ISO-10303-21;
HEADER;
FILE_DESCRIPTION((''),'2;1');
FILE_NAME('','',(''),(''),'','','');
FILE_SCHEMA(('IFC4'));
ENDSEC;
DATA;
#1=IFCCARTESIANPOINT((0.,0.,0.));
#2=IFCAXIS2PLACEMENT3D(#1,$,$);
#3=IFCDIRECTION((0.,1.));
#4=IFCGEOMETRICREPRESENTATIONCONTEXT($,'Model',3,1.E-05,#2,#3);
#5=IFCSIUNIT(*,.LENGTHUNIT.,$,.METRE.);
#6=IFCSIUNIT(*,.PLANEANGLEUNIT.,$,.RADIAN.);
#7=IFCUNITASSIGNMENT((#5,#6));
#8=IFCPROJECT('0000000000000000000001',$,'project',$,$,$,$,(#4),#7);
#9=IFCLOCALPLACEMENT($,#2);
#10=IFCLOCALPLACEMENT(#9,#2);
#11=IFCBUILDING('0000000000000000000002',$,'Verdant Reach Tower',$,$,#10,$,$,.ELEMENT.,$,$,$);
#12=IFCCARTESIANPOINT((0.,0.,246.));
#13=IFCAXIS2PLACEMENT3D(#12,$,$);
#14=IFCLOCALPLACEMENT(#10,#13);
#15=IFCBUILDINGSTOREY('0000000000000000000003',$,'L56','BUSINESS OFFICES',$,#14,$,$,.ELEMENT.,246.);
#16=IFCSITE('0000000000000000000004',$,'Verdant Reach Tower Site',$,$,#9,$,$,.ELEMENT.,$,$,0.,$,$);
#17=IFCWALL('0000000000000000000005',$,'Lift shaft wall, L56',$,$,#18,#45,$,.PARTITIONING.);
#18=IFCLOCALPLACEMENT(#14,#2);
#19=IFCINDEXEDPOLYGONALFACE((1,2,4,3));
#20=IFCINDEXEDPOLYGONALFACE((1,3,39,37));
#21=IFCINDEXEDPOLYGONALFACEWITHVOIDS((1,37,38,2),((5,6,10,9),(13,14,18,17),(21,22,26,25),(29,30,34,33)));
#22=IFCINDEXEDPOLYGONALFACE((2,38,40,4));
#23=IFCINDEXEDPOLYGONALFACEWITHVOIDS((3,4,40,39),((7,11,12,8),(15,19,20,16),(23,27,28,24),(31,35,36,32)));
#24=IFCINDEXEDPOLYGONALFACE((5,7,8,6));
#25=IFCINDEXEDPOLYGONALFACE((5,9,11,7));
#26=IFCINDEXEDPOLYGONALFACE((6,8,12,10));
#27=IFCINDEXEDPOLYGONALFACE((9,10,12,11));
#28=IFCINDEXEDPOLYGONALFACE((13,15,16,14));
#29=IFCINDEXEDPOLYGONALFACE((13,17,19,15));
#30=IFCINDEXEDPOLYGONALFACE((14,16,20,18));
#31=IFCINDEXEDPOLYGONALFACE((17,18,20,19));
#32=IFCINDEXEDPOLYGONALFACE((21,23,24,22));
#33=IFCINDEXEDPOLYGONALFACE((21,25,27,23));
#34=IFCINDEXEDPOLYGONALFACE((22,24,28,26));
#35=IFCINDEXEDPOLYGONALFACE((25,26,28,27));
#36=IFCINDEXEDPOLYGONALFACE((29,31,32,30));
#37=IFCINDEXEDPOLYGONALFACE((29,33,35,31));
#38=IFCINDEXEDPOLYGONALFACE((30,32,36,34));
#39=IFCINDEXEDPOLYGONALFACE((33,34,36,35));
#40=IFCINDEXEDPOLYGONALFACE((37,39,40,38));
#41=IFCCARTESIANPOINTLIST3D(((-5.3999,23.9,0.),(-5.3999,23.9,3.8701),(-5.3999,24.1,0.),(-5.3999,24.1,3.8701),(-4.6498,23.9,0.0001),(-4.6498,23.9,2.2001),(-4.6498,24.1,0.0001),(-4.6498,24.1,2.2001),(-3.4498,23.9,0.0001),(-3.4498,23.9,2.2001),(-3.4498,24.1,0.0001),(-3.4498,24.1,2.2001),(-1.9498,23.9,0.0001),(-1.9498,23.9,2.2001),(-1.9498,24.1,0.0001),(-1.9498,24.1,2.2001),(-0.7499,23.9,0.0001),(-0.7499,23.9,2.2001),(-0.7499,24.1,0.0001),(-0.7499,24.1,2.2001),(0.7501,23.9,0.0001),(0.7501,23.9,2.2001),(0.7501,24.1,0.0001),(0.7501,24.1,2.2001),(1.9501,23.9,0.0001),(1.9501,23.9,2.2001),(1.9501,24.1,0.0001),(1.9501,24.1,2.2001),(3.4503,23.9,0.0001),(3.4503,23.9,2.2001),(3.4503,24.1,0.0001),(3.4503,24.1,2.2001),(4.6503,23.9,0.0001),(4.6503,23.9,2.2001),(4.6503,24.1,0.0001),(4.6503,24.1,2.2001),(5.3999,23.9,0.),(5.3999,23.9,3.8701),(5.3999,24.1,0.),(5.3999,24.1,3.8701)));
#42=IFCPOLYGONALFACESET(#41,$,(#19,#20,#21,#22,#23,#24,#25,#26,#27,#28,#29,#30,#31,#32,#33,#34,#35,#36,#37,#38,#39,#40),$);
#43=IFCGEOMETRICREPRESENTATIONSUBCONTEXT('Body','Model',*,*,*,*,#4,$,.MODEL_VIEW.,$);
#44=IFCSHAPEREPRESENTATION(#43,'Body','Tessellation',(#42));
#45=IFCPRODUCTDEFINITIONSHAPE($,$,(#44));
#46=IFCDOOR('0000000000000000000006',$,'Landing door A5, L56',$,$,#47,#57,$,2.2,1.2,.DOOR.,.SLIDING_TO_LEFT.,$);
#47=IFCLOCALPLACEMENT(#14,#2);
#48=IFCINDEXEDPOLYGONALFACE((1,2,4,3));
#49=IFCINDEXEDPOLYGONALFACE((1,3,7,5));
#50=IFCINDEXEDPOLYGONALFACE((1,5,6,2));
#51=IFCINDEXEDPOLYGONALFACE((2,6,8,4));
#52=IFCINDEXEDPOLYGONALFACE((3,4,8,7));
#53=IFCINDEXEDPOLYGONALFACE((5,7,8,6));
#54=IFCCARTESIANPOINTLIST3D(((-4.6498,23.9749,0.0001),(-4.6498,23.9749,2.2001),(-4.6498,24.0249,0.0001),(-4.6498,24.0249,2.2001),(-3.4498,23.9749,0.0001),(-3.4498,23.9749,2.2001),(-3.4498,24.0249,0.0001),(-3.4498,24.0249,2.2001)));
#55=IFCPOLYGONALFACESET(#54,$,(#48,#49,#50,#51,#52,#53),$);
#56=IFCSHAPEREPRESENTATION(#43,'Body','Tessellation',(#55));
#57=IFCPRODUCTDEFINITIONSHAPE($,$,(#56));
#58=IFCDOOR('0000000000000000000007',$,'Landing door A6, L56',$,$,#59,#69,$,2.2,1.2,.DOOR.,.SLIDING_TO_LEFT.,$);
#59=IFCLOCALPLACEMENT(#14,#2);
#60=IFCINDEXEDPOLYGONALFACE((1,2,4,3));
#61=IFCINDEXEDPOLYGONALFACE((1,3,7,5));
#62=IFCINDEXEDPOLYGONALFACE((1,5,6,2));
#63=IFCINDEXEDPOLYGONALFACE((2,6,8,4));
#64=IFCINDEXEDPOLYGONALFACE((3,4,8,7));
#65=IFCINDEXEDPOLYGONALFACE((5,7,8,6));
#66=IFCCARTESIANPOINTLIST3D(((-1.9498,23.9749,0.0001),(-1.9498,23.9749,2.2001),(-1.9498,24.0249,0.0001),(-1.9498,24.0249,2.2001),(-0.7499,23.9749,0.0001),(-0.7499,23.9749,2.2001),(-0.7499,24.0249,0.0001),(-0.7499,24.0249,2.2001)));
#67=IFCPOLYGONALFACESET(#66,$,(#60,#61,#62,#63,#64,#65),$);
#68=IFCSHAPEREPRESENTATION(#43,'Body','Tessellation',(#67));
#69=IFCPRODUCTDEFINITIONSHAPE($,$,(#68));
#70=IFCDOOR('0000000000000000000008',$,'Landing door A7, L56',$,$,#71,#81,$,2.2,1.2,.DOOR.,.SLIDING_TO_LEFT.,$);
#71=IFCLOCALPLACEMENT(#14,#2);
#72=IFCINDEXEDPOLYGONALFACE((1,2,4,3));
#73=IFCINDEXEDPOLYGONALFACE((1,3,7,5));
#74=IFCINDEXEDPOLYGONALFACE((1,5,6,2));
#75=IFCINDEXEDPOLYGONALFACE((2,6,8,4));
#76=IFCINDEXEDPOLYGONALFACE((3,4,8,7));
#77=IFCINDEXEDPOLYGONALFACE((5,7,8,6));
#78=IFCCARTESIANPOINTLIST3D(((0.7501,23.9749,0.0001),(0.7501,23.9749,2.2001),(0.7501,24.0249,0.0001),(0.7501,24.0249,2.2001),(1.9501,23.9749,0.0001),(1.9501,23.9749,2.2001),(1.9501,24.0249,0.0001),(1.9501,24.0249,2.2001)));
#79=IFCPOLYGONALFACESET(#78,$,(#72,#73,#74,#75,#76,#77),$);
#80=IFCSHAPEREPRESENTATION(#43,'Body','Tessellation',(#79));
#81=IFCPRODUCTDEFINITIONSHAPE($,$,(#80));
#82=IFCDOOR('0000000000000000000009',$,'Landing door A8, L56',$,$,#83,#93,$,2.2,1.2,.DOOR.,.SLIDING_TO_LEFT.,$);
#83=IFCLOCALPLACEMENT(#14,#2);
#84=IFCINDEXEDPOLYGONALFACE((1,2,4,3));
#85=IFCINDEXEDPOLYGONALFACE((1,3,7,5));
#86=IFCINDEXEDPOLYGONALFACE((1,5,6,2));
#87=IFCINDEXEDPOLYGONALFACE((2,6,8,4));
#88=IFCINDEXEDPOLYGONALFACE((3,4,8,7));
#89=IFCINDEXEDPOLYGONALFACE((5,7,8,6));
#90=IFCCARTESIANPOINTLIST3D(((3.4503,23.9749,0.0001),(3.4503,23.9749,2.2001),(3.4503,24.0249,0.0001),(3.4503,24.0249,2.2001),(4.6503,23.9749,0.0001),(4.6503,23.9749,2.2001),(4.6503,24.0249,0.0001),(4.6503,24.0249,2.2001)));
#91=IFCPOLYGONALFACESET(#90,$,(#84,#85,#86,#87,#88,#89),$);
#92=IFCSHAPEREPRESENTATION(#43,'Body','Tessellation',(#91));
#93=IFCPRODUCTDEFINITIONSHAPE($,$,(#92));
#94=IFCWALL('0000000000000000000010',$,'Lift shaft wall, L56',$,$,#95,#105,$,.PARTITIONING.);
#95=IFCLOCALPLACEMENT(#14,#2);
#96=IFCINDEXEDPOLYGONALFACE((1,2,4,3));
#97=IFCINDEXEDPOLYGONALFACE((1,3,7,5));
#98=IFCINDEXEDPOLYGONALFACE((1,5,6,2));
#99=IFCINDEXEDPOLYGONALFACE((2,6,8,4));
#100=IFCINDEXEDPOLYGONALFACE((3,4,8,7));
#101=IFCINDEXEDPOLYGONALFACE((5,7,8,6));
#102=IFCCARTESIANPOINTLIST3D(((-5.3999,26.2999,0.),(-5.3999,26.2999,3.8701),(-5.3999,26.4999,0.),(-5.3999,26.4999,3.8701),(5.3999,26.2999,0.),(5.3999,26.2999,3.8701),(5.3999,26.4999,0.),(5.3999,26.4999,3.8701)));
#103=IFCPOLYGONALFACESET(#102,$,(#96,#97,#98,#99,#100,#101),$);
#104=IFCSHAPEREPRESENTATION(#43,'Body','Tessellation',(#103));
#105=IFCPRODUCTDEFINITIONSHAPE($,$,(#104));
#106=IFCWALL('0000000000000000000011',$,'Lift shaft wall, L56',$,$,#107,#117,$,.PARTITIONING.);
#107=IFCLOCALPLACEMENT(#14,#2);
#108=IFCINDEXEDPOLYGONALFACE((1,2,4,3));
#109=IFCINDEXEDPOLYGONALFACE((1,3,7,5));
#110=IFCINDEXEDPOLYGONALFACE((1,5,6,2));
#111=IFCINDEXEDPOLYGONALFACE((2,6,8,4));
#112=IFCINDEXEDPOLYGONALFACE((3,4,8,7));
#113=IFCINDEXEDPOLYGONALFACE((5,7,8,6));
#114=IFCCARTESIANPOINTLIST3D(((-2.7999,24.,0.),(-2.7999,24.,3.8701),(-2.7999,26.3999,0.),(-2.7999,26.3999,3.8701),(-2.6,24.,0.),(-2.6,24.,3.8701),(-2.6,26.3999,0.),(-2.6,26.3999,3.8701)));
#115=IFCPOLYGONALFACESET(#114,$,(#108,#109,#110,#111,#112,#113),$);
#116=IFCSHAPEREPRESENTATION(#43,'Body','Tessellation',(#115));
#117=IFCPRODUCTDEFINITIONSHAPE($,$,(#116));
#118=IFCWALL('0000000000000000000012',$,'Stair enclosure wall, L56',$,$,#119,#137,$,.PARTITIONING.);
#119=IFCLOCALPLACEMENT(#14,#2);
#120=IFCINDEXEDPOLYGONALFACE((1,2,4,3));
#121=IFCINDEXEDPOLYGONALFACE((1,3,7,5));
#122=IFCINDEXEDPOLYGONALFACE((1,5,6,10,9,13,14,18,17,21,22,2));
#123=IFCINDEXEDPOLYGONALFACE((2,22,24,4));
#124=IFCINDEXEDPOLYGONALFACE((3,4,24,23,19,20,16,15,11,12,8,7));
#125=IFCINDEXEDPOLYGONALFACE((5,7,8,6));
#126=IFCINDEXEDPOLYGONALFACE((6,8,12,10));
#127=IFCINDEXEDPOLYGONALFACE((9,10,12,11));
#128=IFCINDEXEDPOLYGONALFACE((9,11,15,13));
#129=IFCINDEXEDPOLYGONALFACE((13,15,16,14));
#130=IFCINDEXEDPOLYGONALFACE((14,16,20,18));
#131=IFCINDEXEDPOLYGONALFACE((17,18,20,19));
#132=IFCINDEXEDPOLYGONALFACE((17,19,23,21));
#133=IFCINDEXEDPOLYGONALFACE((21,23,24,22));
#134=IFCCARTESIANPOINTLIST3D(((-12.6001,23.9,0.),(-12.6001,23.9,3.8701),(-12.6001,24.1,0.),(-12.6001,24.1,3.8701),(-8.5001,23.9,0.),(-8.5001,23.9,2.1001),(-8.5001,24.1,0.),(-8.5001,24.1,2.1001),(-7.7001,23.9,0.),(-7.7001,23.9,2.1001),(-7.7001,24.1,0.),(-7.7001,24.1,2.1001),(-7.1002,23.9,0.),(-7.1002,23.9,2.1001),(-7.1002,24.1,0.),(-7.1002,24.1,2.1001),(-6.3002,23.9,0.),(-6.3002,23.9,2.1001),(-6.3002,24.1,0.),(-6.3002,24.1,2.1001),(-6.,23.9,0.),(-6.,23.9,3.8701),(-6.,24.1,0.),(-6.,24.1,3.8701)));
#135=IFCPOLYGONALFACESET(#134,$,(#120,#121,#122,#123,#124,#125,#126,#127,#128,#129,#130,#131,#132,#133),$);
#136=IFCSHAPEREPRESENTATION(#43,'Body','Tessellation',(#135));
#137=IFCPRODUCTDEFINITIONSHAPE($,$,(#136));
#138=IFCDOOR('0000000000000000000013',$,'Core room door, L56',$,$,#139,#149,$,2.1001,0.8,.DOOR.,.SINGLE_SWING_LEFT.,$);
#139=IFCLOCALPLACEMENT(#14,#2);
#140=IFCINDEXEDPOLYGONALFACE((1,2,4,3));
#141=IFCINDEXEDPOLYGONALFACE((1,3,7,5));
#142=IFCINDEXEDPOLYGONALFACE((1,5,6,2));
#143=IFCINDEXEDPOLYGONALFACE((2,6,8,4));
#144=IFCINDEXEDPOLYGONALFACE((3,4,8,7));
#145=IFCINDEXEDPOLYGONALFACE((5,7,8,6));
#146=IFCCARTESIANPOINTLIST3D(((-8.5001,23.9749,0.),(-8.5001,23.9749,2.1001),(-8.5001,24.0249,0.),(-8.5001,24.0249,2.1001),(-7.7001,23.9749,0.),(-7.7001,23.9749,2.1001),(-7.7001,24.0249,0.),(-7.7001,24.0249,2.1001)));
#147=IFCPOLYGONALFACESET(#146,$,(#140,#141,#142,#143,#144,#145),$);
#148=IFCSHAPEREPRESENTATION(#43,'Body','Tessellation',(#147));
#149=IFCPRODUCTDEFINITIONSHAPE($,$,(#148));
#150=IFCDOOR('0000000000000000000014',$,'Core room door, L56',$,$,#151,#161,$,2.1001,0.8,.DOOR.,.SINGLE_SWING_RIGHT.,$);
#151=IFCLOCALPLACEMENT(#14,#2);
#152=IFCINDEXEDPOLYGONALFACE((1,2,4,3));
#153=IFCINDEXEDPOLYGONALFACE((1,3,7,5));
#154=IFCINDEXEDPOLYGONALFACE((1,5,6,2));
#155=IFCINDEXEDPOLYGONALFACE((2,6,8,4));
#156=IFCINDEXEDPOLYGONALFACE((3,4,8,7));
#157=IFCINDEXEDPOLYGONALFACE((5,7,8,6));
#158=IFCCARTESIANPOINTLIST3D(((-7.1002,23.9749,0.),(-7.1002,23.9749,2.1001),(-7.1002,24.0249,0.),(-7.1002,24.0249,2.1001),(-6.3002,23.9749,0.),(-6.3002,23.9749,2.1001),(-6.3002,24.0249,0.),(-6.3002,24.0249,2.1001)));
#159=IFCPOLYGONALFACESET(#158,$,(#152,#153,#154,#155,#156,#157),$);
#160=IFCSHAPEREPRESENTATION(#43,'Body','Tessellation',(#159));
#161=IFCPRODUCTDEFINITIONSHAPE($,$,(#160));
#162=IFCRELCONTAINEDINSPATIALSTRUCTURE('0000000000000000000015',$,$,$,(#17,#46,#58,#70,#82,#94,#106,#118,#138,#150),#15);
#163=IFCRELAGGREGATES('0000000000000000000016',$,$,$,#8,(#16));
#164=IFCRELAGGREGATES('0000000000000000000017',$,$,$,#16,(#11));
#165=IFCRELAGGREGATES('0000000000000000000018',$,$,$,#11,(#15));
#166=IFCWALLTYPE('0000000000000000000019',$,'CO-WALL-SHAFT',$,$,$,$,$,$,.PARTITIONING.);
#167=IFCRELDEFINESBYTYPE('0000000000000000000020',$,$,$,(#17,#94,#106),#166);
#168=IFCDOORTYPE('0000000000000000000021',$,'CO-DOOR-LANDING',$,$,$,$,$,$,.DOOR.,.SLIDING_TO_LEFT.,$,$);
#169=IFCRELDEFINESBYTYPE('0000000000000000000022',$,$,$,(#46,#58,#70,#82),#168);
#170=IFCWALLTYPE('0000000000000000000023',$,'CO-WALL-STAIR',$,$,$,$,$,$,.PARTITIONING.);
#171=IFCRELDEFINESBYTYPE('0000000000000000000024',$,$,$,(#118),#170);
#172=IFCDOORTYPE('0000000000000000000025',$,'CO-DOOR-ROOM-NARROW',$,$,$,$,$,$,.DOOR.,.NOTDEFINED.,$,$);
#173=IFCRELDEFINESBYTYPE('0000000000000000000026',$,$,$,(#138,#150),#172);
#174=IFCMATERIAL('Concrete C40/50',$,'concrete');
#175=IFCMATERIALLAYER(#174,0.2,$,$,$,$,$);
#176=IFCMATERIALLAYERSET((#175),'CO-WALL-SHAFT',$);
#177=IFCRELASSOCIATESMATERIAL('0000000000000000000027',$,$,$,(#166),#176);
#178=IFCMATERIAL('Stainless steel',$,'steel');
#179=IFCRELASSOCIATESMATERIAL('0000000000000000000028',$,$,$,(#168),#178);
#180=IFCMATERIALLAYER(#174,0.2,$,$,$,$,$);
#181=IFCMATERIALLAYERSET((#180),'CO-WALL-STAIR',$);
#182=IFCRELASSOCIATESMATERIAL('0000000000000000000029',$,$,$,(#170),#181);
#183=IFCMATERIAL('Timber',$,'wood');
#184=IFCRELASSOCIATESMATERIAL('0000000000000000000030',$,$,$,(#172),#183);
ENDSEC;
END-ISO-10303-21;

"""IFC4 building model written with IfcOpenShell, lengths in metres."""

from ifc_helpers import new_model, si_unit, direction, frame, frame_2d, origin, place, context, subcontext, project, spatial, rectangle, extrude, material, layer, layer_set, type_object, element, fill, save


model = new_model("IFC4")

# Units and contexts
model_context = context("Model", 3, precision=1e-05, world=origin(), true_north=direction((0.0, 1.0)))
body_context = subcontext(model_context, "Body", "Model", "MODEL_VIEW")
ifc_project = project(units=[si_unit("LENGTHUNIT", "METRE"), si_unit("PLANEANGLEUNIT", "RADIAN")], contexts=[model_context])

# Site, building, storey
site_placement = place(None, origin())
site = spatial("IfcSite", under=ifc_project, at=site_placement, Name="Verdant Reach Tower Site", CompositionType="ELEMENT", RefElevation=0.0)
building_placement = place(site_placement, origin())
building = spatial("IfcBuilding", under=site, at=building_placement, Name="Verdant Reach Tower", CompositionType="ELEMENT")
storey_placement = place(building_placement, frame((0.0, 0.0, 246.0)))
storey = spatial("IfcBuildingStorey", under=building, at=storey_placement, Name="L56", Description="BUSINESS OFFICES", CompositionType="ELEMENT", Elevation=246.0)

# Wall, openings, doors
ifc_material_1 = material(Name="Concrete C40/50", Category="concrete")
ifc_layer_1 = layer(ifc_material_1, 0.2)
ifc_layer_set_1 = layer_set([ifc_layer_1], Name="CO-WALL-SHAFT")
wall_type_1 = type_object("IfcWallType", Name="CO-WALL-SHAFT", PredefinedType="PARTITIONING", material=ifc_layer_set_1)
ifc_material_2 = material(Name="Stainless steel", Category="steel")
door_type_1 = type_object("IfcDoorType", Name="CO-DOOR-LANDING", OperationType="SLIDING_TO_LEFT", PredefinedType="DOOR", material=ifc_material_2)
wall_1_placement = place(storey_placement, frame((-5.3999, 24.0, 0.0), z_axis=(0.0, 0.0, 1.0), x_axis=(1.0, 0.0, 0.0)))
wall_1 = element("IfcWall", 1, at=wall_1_placement, inside=storey, type_object=wall_type_1, Name="Lift shaft wall, L56", PredefinedType="PARTITIONING", context=body_context, shape_type="SweptSolid", body=[
    extrude(rectangle(XDim=10.7998, YDim=0.2, at=frame_2d((5.3999, 0.0))), origin(), (0.0, 0.0, 1.0), 3.8701),
])
opening_1_placement = place(wall_1_placement, frame((0.75, 0.0, 0.0)))
opening_1 = element("IfcOpeningElement", 2, at=opening_1_placement, cuts=wall_1, PredefinedType="OPENING", context=body_context, shape_type="SweptSolid", body=[
    extrude(rectangle(XDim=1.2, YDim=2.2, at=frame_2d((0.6001, 1.1001))), frame((0.0, 0.1099, 0.0), z_axis=(0.0, -1.0, 0.0), x_axis=(1.0, 0.0, 0.0)), (0.0, 0.0, 1.0), 0.22),
])
opening_2_placement = place(wall_1_placement, frame((3.45, 0.0, 0.0)))
opening_2 = element("IfcOpeningElement", 3, at=opening_2_placement, cuts=wall_1, PredefinedType="OPENING", context=body_context, shape_type="SweptSolid", body=[
    extrude(rectangle(XDim=1.2, YDim=2.2, at=frame_2d((0.6001, 1.1001))), frame((0.0, 0.1099, 0.0), z_axis=(0.0, -1.0, 0.0), x_axis=(1.0, 0.0, 0.0)), (0.0, 0.0, 1.0), 0.22),
])
opening_3_placement = place(wall_1_placement, frame((6.1499, 0.0, 0.0)))
opening_3 = element("IfcOpeningElement", 4, at=opening_3_placement, cuts=wall_1, PredefinedType="OPENING", context=body_context, shape_type="SweptSolid", body=[
    extrude(rectangle(XDim=1.2, YDim=2.2, at=frame_2d((0.6001, 1.1001))), frame((0.0, 0.1099, 0.0), z_axis=(0.0, -1.0, 0.0), x_axis=(1.0, 0.0, 0.0)), (0.0, 0.0, 1.0), 0.22),
])
opening_4_placement = place(wall_1_placement, frame((8.8501, 0.0, 0.0)))
opening_4 = element("IfcOpeningElement", 5, at=opening_4_placement, cuts=wall_1, PredefinedType="OPENING", context=body_context, shape_type="SweptSolid", body=[
    extrude(rectangle(XDim=1.2, YDim=2.2, at=frame_2d((0.6001, 1.1001))), frame((0.0, 0.1099, 0.0), z_axis=(0.0, -1.0, 0.0), x_axis=(1.0, 0.0, 0.0)), (0.0, 0.0, 1.0), 0.22),
])
door_1_placement = place(opening_1_placement, origin())
door_1 = element("IfcDoor", 6, at=door_1_placement, inside=storey, type_object=door_type_1, Name="Landing door A5, L56", OperationType="SLIDING_TO_LEFT", OverallHeight=2.2, OverallWidth=1.2, PredefinedType="DOOR", context=body_context, shape_type="SweptSolid", body=[
    extrude(rectangle(XDim=1.2, YDim=2.2, at=frame_2d((0.6001, 1.1001))), frame((0.0, 0.0249, 0.0), z_axis=(0.0, -1.0, 0.0), x_axis=(1.0, 0.0, 0.0)), (0.0, 0.0, 1.0), 0.05),
])
fill(opening_1, door_1)
door_2_placement = place(opening_2_placement, origin())
door_2 = element("IfcDoor", 7, at=door_2_placement, inside=storey, type_object=door_type_1, Name="Landing door A6, L56", OperationType="SLIDING_TO_LEFT", OverallHeight=2.2, OverallWidth=1.2, PredefinedType="DOOR", context=body_context, shape_type="SweptSolid", body=[
    extrude(rectangle(XDim=1.2, YDim=2.2, at=frame_2d((0.6001, 1.1001))), frame((0.0, 0.0249, 0.0), z_axis=(0.0, -1.0, 0.0), x_axis=(1.0, 0.0, 0.0)), (0.0, 0.0, 1.0), 0.05),
])
fill(opening_2, door_2)
door_3_placement = place(opening_3_placement, origin())
door_3 = element("IfcDoor", 8, at=door_3_placement, inside=storey, type_object=door_type_1, Name="Landing door A7, L56", OperationType="SLIDING_TO_LEFT", OverallHeight=2.2, OverallWidth=1.2, PredefinedType="DOOR", context=body_context, shape_type="SweptSolid", body=[
    extrude(rectangle(XDim=1.2, YDim=2.2, at=frame_2d((0.6001, 1.1001))), frame((0.0, 0.0249, 0.0), z_axis=(0.0, -1.0, 0.0), x_axis=(1.0, 0.0, 0.0)), (0.0, 0.0, 1.0), 0.05),
])
fill(opening_3, door_3)
door_4_placement = place(opening_4_placement, origin())
door_4 = element("IfcDoor", 9, at=door_4_placement, inside=storey, type_object=door_type_1, Name="Landing door A8, L56", OperationType="SLIDING_TO_LEFT", OverallHeight=2.2, OverallWidth=1.2, PredefinedType="DOOR", context=body_context, shape_type="SweptSolid", body=[
    extrude(rectangle(XDim=1.2, YDim=2.2, at=frame_2d((0.6001, 1.1001))), frame((0.0, 0.0249, 0.0), z_axis=(0.0, -1.0, 0.0), x_axis=(1.0, 0.0, 0.0)), (0.0, 0.0, 1.0), 0.05),
])
fill(opening_4, door_4)

# Walls
wall_2_placement = place(storey_placement, frame((-5.3999, 26.3999, 0.0), z_axis=(0.0, 0.0, 1.0), x_axis=(1.0, 0.0, 0.0)))
element("IfcWall", 10, at=wall_2_placement, inside=storey, type_object=wall_type_1, Name="Lift shaft wall, L56", PredefinedType="PARTITIONING", context=body_context, shape_type="SweptSolid", body=[
    extrude(rectangle(XDim=10.7998, YDim=0.2, at=frame_2d((5.3999, 0.0))), origin(), (0.0, 0.0, 1.0), 3.8701),
])
wall_3_placement = place(storey_placement, frame((-2.7, 24.0, 0.0), z_axis=(0.0, 0.0, 1.0), x_axis=(0.0, 1.0, 0.0)))
element("IfcWall", 11, at=wall_3_placement, inside=storey, type_object=wall_type_1, Name="Lift shaft wall, L56", PredefinedType="PARTITIONING", context=body_context, shape_type="SweptSolid", body=[
    extrude(rectangle(XDim=2.3999, YDim=0.2, at=frame_2d((1.2, 0.0))), origin(), (0.0, 0.0, 1.0), 3.8701),
])

# Wall, openings, doors
ifc_layer_2 = layer(ifc_material_1, 0.2)
ifc_layer_set_2 = layer_set([ifc_layer_2], Name="CO-WALL-STAIR")
wall_type_2 = type_object("IfcWallType", Name="CO-WALL-STAIR", PredefinedType="PARTITIONING", material=ifc_layer_set_2)
wall_4_placement = place(storey_placement, frame((-12.6001, 24.0, 0.0), z_axis=(0.0, 0.0, 1.0), x_axis=(1.0, 0.0, 0.0)))
wall_4 = element("IfcWall", 12, at=wall_4_placement, inside=storey, type_object=wall_type_2, Name="Stair enclosure wall, L56", PredefinedType="PARTITIONING", context=body_context, shape_type="SweptSolid", body=[
    extrude(rectangle(XDim=6.6001, YDim=0.2, at=frame_2d((3.3, 0.0))), origin(), (0.0, 0.0, 1.0), 3.8701),
])
opening_5_placement = place(wall_4_placement, frame((4.1001, 0.0, 0.0)))
opening_5 = element("IfcOpeningElement", 13, at=opening_5_placement, cuts=wall_4, PredefinedType="OPENING", context=body_context, shape_type="SweptSolid", body=[
    extrude(rectangle(XDim=0.8, YDim=2.1001, at=frame_2d((0.3999, 1.05))), frame((0.0, 0.1099, 0.0), z_axis=(0.0, -1.0, 0.0), x_axis=(1.0, 0.0, 0.0)), (0.0, 0.0, 1.0), 0.22),
])
opening_6_placement = place(wall_4_placement, frame((5.5, 0.0, 0.0)))
opening_6 = element("IfcOpeningElement", 14, at=opening_6_placement, cuts=wall_4, PredefinedType="OPENING", context=body_context, shape_type="SweptSolid", body=[
    extrude(rectangle(XDim=0.8, YDim=2.1001, at=frame_2d((0.3999, 1.05))), frame((0.0, 0.1099, 0.0), z_axis=(0.0, -1.0, 0.0), x_axis=(1.0, 0.0, 0.0)), (0.0, 0.0, 1.0), 0.22),
])
ifc_material_3 = material(Name="Timber", Category="wood")
door_type_2 = type_object("IfcDoorType", Name="CO-DOOR-ROOM-NARROW", OperationType="NOTDEFINED", PredefinedType="DOOR", material=ifc_material_3)
door_5_placement = place(opening_5_placement, origin())
door_5 = element("IfcDoor", 15, at=door_5_placement, inside=storey, type_object=door_type_2, Name="Core room door, L56", OperationType="SINGLE_SWING_LEFT", OverallHeight=2.1001, OverallWidth=0.8, PredefinedType="DOOR", context=body_context, shape_type="SweptSolid", body=[
    extrude(rectangle(XDim=0.8, YDim=2.1001, at=frame_2d((0.3999, 1.05))), frame((0.0, 0.0249, 0.0), z_axis=(0.0, -1.0, 0.0), x_axis=(1.0, 0.0, 0.0)), (0.0, 0.0, 1.0), 0.05),
])
fill(opening_5, door_5)
door_6_placement = place(opening_6_placement, origin())
door_6 = element("IfcDoor", 16, at=door_6_placement, inside=storey, type_object=door_type_2, Name="Core room door, L56", OperationType="SINGLE_SWING_RIGHT", OverallHeight=2.1001, OverallWidth=0.8, PredefinedType="DOOR", context=body_context, shape_type="SweptSolid", body=[
    extrude(rectangle(XDim=0.8, YDim=2.1001, at=frame_2d((0.3999, 1.05))), frame((0.0, 0.0249, 0.0), z_axis=(0.0, -1.0, 0.0), x_axis=(1.0, 0.0, 0.0)), (0.0, 0.0, 1.0), 0.05),
])
fill(opening_6, door_6)

save(model, "model.ifc")
